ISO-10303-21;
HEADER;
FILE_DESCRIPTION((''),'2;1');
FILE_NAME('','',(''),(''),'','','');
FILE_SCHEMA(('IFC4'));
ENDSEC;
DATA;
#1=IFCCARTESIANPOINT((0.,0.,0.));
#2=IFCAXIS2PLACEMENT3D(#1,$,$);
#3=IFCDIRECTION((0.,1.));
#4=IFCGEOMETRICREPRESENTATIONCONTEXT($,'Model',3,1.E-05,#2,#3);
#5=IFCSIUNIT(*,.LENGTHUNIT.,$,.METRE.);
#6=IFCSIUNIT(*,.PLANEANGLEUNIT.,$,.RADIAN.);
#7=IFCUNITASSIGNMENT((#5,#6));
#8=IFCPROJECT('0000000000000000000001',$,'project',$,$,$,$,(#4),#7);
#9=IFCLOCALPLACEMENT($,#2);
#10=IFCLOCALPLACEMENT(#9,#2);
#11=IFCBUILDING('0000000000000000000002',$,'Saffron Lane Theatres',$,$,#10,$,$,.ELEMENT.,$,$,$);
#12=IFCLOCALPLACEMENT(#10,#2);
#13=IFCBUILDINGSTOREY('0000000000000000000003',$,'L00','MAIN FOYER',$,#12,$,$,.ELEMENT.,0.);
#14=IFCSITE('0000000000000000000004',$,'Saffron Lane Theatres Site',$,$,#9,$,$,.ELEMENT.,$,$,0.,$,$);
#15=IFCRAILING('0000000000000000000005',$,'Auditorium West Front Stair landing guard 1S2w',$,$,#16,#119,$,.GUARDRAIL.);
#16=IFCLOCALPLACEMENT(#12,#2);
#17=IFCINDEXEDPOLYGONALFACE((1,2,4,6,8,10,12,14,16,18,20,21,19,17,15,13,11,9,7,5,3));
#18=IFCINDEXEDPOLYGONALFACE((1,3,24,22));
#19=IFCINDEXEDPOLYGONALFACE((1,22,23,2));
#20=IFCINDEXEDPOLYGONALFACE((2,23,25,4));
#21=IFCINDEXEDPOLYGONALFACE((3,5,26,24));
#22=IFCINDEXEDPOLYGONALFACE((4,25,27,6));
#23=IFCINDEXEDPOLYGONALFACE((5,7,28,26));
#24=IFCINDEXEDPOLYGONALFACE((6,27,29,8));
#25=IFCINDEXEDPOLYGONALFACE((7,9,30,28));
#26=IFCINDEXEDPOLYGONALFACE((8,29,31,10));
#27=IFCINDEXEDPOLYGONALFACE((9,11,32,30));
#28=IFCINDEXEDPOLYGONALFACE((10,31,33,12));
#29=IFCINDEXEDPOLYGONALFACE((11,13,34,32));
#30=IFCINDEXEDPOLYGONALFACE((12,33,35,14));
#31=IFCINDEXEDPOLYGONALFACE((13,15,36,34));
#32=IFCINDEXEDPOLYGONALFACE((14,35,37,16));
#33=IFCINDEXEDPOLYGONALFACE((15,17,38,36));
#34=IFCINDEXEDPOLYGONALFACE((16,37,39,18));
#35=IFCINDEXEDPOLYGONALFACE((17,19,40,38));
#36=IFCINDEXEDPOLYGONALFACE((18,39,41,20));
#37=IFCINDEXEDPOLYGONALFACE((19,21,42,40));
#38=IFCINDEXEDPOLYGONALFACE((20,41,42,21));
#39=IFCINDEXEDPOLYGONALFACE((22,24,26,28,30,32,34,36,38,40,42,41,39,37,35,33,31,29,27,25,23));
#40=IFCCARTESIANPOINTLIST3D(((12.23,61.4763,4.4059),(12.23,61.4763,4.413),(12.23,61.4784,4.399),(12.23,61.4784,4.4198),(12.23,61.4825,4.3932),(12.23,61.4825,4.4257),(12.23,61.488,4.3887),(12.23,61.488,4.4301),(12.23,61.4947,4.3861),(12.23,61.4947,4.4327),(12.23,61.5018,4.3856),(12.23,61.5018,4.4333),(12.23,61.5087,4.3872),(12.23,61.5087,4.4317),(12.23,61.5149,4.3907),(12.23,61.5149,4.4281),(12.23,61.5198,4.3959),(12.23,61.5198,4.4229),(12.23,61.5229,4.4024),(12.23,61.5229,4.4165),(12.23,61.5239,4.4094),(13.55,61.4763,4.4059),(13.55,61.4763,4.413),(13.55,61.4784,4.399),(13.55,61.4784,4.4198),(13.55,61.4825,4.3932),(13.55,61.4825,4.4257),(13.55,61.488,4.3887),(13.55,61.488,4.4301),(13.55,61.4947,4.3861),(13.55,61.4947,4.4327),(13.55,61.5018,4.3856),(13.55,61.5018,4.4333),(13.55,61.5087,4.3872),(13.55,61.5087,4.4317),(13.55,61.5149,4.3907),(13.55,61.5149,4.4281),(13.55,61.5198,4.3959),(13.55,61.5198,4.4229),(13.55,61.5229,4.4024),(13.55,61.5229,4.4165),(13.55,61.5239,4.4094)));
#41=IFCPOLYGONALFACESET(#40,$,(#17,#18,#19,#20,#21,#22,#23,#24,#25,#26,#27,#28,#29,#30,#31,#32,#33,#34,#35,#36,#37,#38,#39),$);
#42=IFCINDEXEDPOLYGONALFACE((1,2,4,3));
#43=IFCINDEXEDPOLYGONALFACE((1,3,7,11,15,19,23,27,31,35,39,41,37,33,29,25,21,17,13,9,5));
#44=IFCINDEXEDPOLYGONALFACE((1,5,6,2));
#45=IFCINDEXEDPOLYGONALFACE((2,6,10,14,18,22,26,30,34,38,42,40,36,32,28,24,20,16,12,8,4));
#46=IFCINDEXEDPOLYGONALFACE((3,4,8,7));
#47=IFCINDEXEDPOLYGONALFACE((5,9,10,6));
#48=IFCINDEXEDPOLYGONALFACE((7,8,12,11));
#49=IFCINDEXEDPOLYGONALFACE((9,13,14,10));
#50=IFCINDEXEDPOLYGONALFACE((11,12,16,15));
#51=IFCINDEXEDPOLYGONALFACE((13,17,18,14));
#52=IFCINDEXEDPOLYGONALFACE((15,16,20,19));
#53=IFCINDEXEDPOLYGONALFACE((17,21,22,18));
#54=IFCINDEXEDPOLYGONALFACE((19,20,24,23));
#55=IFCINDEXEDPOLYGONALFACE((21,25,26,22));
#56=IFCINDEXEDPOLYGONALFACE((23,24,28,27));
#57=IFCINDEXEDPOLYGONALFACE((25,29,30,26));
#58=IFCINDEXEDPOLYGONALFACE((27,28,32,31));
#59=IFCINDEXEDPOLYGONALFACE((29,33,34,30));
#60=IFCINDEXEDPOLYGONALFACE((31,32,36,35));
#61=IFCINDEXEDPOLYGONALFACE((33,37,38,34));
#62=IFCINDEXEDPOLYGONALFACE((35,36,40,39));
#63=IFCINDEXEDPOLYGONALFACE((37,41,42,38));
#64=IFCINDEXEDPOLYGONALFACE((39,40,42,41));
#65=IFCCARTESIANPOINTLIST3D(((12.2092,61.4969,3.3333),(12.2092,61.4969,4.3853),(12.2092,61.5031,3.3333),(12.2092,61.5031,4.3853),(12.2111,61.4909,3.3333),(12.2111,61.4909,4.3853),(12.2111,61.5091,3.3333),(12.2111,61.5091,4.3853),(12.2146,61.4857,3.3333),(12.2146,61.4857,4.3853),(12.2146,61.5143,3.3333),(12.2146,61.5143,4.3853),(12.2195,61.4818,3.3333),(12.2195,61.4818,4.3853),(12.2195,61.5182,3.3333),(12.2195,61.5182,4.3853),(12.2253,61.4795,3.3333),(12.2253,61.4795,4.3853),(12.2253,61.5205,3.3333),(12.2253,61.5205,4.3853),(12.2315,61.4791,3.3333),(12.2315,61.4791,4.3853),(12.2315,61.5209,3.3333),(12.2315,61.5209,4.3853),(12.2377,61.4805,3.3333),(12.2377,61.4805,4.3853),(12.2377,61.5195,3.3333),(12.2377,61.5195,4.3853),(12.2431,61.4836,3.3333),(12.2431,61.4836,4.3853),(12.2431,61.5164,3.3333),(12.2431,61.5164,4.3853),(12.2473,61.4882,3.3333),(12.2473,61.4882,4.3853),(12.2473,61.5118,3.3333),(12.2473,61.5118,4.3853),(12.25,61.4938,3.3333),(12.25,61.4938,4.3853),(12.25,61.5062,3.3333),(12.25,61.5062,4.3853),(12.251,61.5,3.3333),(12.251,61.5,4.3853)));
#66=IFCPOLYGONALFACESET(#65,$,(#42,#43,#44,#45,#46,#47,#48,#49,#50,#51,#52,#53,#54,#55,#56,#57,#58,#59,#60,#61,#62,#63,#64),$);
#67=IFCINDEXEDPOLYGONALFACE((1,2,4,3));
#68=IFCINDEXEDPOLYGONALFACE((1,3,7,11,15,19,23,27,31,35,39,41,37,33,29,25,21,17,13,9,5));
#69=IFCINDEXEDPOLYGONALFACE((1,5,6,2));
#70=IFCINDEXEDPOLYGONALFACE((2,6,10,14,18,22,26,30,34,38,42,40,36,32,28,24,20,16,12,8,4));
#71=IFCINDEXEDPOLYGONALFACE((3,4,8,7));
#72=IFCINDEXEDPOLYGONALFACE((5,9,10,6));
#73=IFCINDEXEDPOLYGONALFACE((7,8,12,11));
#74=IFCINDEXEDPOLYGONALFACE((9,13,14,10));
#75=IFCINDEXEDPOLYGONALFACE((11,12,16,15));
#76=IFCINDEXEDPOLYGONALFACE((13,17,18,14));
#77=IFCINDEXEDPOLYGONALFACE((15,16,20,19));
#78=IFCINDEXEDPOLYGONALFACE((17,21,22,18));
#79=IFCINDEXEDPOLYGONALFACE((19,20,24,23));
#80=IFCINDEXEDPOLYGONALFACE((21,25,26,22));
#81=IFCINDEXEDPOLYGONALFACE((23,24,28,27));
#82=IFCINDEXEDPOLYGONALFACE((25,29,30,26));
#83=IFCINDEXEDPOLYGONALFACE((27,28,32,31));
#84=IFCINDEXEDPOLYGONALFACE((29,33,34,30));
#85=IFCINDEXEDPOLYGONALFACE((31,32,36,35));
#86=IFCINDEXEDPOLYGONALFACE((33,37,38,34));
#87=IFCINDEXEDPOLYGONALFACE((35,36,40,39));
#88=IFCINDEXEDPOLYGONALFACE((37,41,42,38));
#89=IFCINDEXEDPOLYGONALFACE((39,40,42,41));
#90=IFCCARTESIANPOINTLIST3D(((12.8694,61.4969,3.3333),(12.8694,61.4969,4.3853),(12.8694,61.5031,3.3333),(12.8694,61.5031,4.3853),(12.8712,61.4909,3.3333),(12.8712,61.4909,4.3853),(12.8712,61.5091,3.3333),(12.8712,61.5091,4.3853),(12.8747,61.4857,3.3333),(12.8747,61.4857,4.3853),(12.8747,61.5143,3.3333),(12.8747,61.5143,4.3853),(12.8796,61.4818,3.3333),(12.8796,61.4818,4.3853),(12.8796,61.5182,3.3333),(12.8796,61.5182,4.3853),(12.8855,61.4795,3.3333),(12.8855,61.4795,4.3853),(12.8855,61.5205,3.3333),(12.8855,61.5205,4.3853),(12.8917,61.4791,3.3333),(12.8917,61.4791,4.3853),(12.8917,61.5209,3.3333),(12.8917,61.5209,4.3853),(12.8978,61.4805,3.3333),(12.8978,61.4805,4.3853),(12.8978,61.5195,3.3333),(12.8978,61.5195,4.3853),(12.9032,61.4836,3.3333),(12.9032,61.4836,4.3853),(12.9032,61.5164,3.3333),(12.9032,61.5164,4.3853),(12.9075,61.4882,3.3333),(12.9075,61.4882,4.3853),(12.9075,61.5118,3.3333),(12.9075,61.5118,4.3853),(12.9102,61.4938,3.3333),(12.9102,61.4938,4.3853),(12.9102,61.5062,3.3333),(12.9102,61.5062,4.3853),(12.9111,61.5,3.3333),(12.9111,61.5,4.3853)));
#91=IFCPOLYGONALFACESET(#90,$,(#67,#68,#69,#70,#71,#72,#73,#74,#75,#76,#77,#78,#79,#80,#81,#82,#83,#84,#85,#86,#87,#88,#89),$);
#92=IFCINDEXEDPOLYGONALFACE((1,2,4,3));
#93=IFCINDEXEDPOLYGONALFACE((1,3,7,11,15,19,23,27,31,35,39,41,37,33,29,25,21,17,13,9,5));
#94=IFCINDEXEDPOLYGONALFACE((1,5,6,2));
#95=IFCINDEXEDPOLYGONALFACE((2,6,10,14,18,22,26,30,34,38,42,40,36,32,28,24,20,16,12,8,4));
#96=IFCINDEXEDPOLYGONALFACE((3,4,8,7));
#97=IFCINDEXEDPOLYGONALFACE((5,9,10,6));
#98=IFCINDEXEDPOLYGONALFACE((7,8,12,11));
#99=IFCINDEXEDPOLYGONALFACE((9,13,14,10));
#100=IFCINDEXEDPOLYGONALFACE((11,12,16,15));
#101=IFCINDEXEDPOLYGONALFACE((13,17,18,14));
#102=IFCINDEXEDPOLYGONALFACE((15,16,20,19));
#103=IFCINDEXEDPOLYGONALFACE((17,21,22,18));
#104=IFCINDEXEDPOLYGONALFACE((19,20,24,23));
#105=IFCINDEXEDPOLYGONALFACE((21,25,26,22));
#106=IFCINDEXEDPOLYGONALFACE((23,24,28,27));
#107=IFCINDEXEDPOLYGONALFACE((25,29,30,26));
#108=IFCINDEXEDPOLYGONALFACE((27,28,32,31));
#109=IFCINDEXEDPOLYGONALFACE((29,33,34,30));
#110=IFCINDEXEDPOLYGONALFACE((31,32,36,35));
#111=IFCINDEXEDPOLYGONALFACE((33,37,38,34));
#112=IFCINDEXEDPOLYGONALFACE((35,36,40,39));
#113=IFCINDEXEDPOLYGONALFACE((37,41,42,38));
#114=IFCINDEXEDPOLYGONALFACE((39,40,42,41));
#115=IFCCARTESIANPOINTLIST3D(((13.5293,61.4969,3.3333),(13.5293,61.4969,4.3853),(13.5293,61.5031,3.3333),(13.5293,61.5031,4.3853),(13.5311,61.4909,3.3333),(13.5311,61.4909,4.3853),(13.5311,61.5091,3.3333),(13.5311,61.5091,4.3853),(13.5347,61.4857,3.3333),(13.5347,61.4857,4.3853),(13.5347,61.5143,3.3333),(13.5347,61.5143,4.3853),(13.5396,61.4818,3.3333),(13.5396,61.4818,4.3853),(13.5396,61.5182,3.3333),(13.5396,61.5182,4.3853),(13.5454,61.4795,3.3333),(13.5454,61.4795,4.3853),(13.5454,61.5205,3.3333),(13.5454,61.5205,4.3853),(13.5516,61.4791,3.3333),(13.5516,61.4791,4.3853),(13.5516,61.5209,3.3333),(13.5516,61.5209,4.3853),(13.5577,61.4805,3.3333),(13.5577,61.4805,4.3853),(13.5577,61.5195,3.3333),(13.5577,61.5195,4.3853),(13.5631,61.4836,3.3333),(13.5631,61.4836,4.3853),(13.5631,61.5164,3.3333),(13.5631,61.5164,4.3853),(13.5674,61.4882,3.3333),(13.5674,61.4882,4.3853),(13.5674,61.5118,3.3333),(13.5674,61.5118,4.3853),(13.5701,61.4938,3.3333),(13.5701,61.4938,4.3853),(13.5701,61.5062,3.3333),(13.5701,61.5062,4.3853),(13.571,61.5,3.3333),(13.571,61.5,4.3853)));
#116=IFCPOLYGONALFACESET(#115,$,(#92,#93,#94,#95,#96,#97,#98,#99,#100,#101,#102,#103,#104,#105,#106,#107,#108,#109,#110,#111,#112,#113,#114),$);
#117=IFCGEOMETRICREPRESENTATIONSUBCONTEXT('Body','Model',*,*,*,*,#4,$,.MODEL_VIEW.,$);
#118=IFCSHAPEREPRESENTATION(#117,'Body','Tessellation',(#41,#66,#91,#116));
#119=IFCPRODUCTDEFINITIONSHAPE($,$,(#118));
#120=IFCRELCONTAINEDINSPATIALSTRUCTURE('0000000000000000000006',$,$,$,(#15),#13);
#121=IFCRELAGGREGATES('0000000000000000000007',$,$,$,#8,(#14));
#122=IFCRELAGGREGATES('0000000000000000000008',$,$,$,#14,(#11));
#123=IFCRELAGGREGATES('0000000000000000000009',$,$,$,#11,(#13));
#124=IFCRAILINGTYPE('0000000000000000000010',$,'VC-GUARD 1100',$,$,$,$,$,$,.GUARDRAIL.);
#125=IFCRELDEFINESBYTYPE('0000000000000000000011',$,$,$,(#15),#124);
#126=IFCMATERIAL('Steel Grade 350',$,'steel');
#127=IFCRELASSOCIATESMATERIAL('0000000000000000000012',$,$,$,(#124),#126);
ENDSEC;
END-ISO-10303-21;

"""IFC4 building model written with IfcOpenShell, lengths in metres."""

from ifc_helpers import new_model, si_unit, direction, frame, origin, origin_2d, place, context, subcontext, project, spatial, circle, extrude, material, type_object, element, save


model = new_model("IFC4")

# Units and contexts
model_context = context("Model", 3, precision=1e-05, world=origin(), true_north=direction((0.0, 1.0)))
body_context = subcontext(model_context, "Body", "Model", "MODEL_VIEW")
ifc_project = project(units=[si_unit("LENGTHUNIT", "METRE"), si_unit("PLANEANGLEUNIT", "RADIAN")], contexts=[model_context])

# Site, building, storey
site_placement = place(None, origin())
site = spatial("IfcSite", under=ifc_project, at=site_placement, Name="Saffron Lane Theatres Site", CompositionType="ELEMENT", RefElevation=0.0)
building_placement = place(site_placement, origin())
building = spatial("IfcBuilding", under=site, at=building_placement, Name="Saffron Lane Theatres", CompositionType="ELEMENT")
storey_placement = place(building_placement, origin())
storey = spatial("IfcBuildingStorey", under=building, at=storey_placement, Name="L00", Description="MAIN FOYER", CompositionType="ELEMENT", Elevation=0.0)

# Railing
ifc_material_1 = material(Name="Steel Grade 350", Category="steel")
railing_type_1 = type_object("IfcRailingType", Name="VC-GUARD 1100", PredefinedType="GUARDRAIL", material=ifc_material_1)
railing_1_placement = place(storey_placement, frame((12.23, 61.5, 3.3333)))
element("IfcRailing", 1, at=railing_1_placement, inside=storey, type_object=railing_type_1, Name="Auditorium West Front Stair landing guard 1S2w", PredefinedType="GUARDRAIL", context=body_context, shape_type="SweptSolid", body=[
    extrude(circle(Radius=0.0239, at=origin_2d()), frame((0.0, 0.0, 1.0762), z_axis=(1.0, 0.0, 0.0), x_axis=(0.0, 1.0, 0.0)), (0.0, 0.0, 1.0), 1.3201),
    extrude(circle(Radius=0.021, at=origin_2d()), origin(), (0.0, 0.0, 1.0), 1.052),
    extrude(circle(Radius=0.021, at=origin_2d()), frame((0.6602, 0.0, 0.0)), (0.0, 0.0, 1.0), 1.052),
    extrude(circle(Radius=0.021, at=origin_2d()), frame((1.3201, 0.0, 0.0)), (0.0, 0.0, 1.0), 1.052),
])

save(model, "model.ifc")
